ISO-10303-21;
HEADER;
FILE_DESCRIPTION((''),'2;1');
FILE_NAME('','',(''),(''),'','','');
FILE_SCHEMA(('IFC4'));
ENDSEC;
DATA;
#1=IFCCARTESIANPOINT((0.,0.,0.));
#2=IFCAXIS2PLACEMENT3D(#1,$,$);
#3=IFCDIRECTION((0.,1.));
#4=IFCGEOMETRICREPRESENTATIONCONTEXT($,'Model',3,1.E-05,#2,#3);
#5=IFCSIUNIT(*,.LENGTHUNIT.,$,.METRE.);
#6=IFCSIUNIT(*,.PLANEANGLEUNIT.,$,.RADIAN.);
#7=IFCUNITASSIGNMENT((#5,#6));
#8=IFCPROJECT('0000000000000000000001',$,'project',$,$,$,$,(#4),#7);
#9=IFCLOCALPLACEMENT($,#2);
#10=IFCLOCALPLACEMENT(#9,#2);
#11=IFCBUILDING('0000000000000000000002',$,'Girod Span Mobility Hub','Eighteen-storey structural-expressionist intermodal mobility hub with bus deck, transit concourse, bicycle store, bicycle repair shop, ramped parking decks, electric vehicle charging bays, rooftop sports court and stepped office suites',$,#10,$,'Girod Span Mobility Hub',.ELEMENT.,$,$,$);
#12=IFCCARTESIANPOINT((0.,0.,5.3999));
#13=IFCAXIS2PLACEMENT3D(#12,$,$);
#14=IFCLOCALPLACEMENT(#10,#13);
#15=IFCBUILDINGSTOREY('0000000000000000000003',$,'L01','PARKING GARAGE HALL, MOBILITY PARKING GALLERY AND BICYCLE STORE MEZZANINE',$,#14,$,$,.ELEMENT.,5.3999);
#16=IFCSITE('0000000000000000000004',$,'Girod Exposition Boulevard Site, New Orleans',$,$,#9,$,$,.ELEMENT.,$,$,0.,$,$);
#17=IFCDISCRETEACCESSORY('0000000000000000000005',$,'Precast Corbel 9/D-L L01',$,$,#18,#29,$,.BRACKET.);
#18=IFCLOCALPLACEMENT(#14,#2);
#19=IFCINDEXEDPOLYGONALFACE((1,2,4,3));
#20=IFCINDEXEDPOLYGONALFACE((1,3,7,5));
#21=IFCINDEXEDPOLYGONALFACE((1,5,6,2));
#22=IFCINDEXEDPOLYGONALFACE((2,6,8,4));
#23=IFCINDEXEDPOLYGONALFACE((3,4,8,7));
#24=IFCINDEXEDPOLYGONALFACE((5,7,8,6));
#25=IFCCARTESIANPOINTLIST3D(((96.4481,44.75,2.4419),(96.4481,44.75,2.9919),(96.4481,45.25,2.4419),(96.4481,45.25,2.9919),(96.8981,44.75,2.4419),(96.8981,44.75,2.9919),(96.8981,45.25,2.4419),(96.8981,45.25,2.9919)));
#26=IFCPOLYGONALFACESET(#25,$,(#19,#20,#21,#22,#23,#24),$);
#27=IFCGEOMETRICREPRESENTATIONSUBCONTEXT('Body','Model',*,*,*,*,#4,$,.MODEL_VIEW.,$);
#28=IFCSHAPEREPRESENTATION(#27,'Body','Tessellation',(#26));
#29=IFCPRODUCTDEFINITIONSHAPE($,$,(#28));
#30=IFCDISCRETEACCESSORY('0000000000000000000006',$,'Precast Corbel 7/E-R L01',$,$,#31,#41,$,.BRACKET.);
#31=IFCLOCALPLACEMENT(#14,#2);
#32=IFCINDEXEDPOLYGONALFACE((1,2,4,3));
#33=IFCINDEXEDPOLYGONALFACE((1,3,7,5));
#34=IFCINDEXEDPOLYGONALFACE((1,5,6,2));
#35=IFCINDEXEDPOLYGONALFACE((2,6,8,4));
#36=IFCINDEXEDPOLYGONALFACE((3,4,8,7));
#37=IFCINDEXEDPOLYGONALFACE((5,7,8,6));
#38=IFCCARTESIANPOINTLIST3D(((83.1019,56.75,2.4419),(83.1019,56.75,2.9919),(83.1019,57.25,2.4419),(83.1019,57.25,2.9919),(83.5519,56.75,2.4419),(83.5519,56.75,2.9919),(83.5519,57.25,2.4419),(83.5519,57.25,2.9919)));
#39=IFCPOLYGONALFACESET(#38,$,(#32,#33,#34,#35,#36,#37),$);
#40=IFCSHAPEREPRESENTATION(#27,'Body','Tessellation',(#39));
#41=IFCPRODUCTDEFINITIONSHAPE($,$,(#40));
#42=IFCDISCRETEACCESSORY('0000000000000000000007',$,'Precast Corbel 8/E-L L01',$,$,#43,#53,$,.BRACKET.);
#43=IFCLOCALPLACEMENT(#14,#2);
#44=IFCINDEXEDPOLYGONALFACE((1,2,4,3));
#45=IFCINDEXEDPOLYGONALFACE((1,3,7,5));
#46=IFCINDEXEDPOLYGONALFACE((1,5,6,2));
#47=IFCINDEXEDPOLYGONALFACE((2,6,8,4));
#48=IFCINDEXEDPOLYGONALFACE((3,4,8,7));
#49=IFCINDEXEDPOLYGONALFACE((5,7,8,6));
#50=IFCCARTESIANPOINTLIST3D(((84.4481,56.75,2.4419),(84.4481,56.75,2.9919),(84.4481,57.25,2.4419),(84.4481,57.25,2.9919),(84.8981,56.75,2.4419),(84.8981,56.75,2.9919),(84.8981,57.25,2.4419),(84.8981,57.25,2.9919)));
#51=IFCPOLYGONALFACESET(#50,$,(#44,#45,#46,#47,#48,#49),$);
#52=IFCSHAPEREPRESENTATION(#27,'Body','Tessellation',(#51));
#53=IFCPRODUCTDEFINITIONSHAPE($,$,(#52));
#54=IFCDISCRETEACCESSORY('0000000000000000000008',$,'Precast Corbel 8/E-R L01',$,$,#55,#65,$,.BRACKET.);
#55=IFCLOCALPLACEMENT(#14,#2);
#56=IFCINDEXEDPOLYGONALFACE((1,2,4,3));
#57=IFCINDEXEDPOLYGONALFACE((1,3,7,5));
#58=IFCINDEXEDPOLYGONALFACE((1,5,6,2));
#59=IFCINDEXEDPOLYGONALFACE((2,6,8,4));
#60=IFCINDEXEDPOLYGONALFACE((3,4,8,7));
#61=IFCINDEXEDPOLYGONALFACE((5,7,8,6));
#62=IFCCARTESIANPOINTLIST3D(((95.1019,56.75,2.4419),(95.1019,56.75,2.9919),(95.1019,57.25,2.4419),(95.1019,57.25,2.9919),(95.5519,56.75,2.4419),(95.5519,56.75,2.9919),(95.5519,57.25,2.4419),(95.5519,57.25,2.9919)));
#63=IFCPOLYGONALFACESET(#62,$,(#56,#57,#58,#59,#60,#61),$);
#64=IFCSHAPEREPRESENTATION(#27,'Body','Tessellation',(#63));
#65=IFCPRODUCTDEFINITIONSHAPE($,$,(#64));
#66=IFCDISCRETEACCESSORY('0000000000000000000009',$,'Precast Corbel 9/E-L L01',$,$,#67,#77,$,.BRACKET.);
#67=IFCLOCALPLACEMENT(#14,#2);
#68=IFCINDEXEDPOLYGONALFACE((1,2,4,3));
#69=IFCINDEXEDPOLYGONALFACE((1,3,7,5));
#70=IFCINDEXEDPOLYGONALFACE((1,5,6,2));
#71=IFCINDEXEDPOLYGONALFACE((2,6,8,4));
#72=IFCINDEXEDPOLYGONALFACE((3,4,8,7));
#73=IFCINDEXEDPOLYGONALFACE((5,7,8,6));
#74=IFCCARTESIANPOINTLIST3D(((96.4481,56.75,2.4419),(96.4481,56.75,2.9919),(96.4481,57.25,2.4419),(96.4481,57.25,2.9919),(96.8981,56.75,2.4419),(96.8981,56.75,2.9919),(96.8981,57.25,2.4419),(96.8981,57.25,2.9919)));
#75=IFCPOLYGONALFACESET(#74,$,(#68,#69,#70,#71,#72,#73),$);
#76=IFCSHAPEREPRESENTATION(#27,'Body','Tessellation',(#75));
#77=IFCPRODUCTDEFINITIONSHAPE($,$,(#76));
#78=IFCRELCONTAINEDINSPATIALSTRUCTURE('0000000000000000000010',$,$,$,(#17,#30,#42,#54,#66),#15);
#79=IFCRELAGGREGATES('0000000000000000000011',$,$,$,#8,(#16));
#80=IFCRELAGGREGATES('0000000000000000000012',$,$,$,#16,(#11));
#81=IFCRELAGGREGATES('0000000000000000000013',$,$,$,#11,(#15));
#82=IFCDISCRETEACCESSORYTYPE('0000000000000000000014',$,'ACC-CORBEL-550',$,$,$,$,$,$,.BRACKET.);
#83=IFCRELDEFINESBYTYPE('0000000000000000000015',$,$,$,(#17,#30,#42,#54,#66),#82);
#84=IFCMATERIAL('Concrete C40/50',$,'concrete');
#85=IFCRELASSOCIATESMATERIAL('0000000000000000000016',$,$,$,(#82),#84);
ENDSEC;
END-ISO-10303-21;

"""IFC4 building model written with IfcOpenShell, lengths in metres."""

from ifc_helpers import new_model, si_unit, direction, frame, origin, origin_2d, place, context, subcontext, project, spatial, rectangle, extrude, material, type_object, element, save


model = new_model("IFC4")

# Units and contexts
model_context = context("Model", 3, precision=1e-05, world=origin(), true_north=direction((0.0, 1.0)))
body_context = subcontext(model_context, "Body", "Model", "MODEL_VIEW")
ifc_project = project(units=[si_unit("LENGTHUNIT", "METRE"), si_unit("PLANEANGLEUNIT", "RADIAN")], contexts=[model_context])

# Site, building, storey
site_placement = place(None, origin())
site = spatial("IfcSite", under=ifc_project, at=site_placement, Name="Girod Exposition Boulevard Site, New Orleans", CompositionType="ELEMENT", RefElevation=0.0)
building_placement = place(site_placement, origin())
building = spatial("IfcBuilding", under=site, at=building_placement, Name="Girod Span Mobility Hub", Description="Eighteen-storey structural-expressionist intermodal mobility hub with bus deck, transit concourse, bicycle store, bicycle repair shop, ramped parking decks, electric vehicle charging bays, rooftop sports court and stepped office suites", LongName="Girod Span Mobility Hub", CompositionType="ELEMENT")
storey_placement = place(building_placement, frame((0.0, 0.0, 5.3999)))
storey = spatial("IfcBuildingStorey", under=building, at=storey_placement, Name="L01", Description="PARKING GARAGE HALL, MOBILITY PARKING GALLERY AND BICYCLE STORE MEZZANINE", CompositionType="ELEMENT", Elevation=5.3999)

# Discrete accessories
ifc_material_1 = material(Name="Concrete C40/50", Category="concrete")
discrete_accessory_type = type_object("IfcDiscreteAccessoryType", Name="ACC-CORBEL-550", PredefinedType="BRACKET", material=ifc_material_1)
for number, where, z_axis, x_axis, name in (
    (1, (96.6731, 45.0, 2.4419), (0.0, 0.0, 1.0), (1.0, 0.0, 0.0), "Precast Corbel 9/D-L L01"),
    (2, (83.3269, 57.0, 2.4419), (0.0, 0.0, 1.0), (1.0, 0.0, 0.0), "Precast Corbel 7/E-R L01"),
    (3, (84.6731, 57.0, 2.4419), (0.0, 0.0, 1.0), (1.0, 0.0, 0.0), "Precast Corbel 8/E-L L01"),
    (4, (95.3269, 57.0, 2.4419), (0.0, 0.0, 1.0), (1.0, 0.0, 0.0), "Precast Corbel 8/E-R L01"),
    (5, (96.6731, 57.0, 2.4419), (0.0, 0.0, 1.0), (1.0, 0.0, 0.0), "Precast Corbel 9/E-L L01"),
):
    element("IfcDiscreteAccessory", number, at=place(storey_placement, frame(where, z_axis=z_axis, x_axis=x_axis)), inside=storey, type_object=discrete_accessory_type, Name=name, PredefinedType="BRACKET", context=body_context, shape_type="SweptSolid", body=[
        extrude(rectangle(XDim=0.45, YDim=0.5, at=origin_2d()), origin(), (0.0, 0.0, 1.0), 0.55),
    ])

save(model, "model.ifc")
